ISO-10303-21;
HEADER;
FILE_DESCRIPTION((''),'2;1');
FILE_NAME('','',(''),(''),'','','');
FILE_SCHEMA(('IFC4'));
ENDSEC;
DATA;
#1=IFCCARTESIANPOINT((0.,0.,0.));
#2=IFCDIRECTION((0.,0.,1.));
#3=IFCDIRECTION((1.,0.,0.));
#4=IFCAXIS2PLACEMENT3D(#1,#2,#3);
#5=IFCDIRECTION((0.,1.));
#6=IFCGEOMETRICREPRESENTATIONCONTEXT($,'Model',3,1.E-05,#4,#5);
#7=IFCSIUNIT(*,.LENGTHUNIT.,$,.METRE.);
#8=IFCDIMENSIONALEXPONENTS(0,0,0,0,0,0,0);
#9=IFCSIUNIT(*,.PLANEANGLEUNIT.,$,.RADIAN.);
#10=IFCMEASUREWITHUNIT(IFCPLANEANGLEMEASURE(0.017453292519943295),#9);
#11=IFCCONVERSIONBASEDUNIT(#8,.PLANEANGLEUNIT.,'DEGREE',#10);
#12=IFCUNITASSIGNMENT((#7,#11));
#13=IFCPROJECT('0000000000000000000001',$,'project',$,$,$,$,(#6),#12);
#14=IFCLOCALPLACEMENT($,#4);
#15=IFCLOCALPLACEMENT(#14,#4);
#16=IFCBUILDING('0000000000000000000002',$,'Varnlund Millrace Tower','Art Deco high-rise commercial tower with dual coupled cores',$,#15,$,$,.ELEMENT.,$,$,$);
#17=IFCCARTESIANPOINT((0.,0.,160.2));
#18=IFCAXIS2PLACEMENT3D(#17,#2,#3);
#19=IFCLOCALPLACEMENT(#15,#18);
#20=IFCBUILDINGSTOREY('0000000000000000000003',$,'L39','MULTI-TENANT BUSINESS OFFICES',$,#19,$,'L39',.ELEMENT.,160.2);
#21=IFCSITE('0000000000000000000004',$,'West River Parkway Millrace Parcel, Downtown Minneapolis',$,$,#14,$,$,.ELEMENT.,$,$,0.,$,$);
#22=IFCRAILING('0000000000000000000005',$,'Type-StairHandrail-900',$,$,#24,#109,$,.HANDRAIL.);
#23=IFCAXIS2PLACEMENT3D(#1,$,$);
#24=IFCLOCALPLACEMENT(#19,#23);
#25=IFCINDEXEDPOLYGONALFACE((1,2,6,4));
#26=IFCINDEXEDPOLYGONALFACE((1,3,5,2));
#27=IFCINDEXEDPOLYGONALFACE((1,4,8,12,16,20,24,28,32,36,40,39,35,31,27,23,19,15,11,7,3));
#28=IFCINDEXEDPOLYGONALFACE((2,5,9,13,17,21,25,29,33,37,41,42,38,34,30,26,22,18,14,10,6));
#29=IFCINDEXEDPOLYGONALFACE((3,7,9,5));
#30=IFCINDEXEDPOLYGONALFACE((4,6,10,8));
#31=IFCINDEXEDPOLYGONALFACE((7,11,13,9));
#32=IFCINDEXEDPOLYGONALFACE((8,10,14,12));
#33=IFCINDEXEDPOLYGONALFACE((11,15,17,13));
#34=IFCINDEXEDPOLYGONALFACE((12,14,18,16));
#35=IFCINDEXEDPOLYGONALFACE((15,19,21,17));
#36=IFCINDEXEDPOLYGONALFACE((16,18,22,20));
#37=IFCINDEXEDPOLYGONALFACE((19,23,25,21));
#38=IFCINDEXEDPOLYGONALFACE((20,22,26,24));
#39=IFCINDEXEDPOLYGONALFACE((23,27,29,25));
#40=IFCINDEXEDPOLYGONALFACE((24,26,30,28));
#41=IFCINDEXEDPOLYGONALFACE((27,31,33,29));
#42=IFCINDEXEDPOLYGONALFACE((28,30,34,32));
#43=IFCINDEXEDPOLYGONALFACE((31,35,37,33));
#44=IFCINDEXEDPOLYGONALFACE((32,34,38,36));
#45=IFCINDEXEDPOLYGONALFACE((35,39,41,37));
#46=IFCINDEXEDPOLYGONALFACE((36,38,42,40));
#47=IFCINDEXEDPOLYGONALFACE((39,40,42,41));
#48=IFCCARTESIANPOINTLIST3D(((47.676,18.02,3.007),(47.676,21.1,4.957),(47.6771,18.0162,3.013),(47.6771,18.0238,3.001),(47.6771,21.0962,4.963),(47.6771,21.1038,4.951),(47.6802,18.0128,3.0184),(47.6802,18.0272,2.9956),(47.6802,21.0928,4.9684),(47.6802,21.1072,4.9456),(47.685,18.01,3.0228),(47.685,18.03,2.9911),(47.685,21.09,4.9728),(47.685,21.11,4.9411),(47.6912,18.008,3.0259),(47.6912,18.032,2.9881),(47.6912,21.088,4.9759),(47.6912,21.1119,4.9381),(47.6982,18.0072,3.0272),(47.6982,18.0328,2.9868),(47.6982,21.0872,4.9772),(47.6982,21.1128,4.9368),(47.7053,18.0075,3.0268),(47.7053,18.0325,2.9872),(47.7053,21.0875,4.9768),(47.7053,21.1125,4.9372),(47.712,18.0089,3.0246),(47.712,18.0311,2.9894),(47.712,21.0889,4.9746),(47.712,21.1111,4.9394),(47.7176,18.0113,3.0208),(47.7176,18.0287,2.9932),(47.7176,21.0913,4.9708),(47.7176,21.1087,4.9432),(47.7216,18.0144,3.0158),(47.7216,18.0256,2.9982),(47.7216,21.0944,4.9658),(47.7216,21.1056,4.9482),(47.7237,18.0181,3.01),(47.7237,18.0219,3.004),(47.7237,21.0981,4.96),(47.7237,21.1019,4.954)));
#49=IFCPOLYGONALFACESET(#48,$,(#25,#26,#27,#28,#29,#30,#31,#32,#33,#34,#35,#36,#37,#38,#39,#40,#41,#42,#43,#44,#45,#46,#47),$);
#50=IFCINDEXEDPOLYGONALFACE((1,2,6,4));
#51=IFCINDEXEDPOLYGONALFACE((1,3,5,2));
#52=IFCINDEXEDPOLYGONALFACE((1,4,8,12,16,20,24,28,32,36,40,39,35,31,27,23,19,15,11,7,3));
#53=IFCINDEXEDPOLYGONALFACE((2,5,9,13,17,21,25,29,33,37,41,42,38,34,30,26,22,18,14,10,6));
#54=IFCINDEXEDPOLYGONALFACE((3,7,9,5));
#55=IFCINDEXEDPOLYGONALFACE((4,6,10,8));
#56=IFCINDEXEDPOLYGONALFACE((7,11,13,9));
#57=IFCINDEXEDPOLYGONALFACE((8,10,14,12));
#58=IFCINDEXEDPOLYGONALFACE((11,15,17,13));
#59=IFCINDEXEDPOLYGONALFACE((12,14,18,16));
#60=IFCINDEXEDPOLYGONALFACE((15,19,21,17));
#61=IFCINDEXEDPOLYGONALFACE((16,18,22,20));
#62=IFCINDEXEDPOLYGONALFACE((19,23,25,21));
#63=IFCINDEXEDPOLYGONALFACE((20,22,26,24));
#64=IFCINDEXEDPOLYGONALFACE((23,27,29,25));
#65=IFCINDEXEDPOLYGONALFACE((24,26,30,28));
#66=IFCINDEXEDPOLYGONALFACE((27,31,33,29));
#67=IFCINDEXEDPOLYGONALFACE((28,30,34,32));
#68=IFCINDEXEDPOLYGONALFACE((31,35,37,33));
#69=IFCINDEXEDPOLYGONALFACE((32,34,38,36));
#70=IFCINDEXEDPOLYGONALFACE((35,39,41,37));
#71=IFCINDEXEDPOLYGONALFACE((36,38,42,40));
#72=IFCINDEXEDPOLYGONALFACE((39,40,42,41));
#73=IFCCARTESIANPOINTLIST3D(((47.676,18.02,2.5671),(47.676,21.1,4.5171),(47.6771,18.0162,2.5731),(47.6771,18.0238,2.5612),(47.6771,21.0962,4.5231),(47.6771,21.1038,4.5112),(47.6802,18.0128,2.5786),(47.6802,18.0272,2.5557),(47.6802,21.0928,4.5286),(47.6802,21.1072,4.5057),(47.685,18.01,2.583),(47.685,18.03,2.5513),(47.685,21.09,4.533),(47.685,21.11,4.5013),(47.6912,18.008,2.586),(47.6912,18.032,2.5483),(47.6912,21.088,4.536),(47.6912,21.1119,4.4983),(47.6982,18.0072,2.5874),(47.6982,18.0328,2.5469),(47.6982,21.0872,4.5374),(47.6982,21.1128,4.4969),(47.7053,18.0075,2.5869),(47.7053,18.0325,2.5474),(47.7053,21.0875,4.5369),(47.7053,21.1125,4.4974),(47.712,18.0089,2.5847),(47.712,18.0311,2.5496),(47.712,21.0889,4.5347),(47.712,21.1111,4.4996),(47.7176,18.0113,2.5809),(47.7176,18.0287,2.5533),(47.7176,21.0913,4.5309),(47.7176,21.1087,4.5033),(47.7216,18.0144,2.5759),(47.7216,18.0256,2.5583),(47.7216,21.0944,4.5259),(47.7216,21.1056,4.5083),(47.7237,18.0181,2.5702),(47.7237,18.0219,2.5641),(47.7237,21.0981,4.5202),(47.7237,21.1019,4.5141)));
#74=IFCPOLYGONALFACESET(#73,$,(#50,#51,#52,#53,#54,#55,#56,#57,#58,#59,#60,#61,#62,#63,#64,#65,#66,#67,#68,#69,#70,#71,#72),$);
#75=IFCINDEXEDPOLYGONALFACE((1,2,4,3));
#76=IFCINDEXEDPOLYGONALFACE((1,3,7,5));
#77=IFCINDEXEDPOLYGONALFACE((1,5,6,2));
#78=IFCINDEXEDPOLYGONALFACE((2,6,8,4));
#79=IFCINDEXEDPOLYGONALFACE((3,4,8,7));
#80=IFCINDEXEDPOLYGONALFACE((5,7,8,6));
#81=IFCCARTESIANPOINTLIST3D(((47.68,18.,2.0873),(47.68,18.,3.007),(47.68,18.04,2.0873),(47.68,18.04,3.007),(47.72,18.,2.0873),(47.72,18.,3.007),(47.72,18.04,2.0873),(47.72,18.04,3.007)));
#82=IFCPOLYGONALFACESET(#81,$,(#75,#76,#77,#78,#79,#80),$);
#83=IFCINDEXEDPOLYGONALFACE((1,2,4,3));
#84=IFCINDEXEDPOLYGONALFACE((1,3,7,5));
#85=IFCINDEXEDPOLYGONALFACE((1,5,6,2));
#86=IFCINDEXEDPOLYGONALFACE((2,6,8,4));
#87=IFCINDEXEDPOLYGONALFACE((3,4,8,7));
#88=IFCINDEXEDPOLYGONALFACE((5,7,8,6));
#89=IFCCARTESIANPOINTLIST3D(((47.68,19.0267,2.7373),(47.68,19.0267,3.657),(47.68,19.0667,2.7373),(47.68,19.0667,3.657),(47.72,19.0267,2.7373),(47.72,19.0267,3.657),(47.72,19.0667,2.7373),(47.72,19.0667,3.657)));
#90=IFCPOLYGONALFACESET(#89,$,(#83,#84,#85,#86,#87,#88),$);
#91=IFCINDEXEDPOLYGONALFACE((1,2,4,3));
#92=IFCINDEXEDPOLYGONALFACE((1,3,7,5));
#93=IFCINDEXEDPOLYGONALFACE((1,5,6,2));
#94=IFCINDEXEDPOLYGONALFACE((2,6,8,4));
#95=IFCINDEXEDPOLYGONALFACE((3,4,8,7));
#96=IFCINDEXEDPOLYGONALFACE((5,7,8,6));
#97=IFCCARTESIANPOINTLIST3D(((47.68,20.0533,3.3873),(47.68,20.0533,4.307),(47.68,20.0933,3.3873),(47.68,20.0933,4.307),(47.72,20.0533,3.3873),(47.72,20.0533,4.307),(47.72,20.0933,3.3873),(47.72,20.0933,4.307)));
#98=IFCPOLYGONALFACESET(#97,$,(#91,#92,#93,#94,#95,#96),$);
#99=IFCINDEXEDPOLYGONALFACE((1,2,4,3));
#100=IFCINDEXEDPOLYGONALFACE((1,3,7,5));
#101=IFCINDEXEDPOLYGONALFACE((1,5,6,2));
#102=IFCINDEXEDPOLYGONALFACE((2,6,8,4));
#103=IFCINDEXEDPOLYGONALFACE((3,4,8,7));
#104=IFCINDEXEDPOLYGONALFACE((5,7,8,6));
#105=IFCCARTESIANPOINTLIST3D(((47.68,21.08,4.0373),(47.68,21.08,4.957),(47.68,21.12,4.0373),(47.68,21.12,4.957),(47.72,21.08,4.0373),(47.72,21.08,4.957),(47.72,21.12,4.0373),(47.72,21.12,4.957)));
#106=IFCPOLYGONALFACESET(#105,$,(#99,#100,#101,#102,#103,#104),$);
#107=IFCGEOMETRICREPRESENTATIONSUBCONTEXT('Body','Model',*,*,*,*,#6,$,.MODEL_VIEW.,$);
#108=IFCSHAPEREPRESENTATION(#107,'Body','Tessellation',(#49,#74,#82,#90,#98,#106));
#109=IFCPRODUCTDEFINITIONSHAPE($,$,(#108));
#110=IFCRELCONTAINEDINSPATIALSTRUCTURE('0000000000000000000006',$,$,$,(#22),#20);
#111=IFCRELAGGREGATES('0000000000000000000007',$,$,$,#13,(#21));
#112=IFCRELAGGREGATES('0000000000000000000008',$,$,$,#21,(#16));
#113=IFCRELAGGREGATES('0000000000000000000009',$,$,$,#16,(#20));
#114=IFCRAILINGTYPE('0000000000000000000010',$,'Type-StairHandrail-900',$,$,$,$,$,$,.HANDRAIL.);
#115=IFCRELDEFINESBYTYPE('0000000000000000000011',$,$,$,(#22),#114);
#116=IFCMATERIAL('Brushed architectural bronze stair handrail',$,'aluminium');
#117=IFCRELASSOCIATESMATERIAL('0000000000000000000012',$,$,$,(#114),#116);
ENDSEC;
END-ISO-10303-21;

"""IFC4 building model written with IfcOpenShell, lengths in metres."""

from ifc_helpers import new_model, entity, si_unit, converted_unit, direction, frame, origin_with_axes, origin_2d_with_axis, place, context, subcontext, project, spatial, rectangle, circle, extrude, material, type_object, element, save


model = new_model("IFC4")

# Units and contexts
model_context = context("Model", 3, precision=1e-05, world=origin_with_axes(), true_north=direction((0.0, 1.0)))
body_context = subcontext(model_context, "Body", "Model", "MODEL_VIEW")
ifc_project = project(units=[si_unit("LENGTHUNIT", "METRE"), converted_unit("PLANEANGLEUNIT", "DEGREE", entity("IfcPlaneAngleMeasure", 0.017453292519943295), si_unit("PLANEANGLEUNIT", "RADIAN"), dimensions=[0, 0, 0, 0, 0, 0, 0])], contexts=[model_context])

# Site, building, storey
site_placement = place(None, origin_with_axes())
site = spatial("IfcSite", under=ifc_project, at=site_placement, Name="West River Parkway Millrace Parcel, Downtown Minneapolis", CompositionType="ELEMENT", RefElevation=0.0)
building_placement = place(site_placement, origin_with_axes())
building = spatial("IfcBuilding", under=site, at=building_placement, Name="Varnlund Millrace Tower", Description="Art Deco high-rise commercial tower with dual coupled cores", CompositionType="ELEMENT")
storey_placement = place(building_placement, frame((0.0, 0.0, 160.2), z_axis=(0.0, 0.0, 1.0), x_axis=(1.0, 0.0, 0.0)))
storey = spatial("IfcBuildingStorey", under=building, at=storey_placement, Name="L39", Description="MULTI-TENANT BUSINESS OFFICES", LongName="L39", CompositionType="ELEMENT", Elevation=160.2)

# Railing
ifc_material_1 = material(Name="Brushed architectural bronze stair handrail", Category="aluminium")
railing_type_1 = type_object("IfcRailingType", Name="Type-StairHandrail-900", PredefinedType="HANDRAIL", material=ifc_material_1)
railing_1_placement = place(storey_placement, frame((0.0, 0.0, -160.2), z_axis=(0.0, 0.0, 1.0), x_axis=(1.0, 0.0, 0.0)))
element("IfcRailing", 1, at=railing_1_placement, inside=storey, type_object=railing_type_1, Name="Type-StairHandrail-900", PredefinedType="HANDRAIL", context=body_context, shape_type="SweptSolid", body=[
    extrude(circle(Radius=0.024, at=origin_2d_with_axis()), frame((47.7, 18.02, 163.207), z_axis=(0.0, 0.844902, 0.534922), x_axis=(-1.0, 0.0, 0.0)), (0.0, 0.0, 1.0), 3.6454),
    extrude(circle(Radius=0.024, at=origin_2d_with_axis()), frame((47.7, 18.02, 162.7671), z_axis=(0.0, 0.844902, 0.534922), x_axis=(-1.0, 0.0, 0.0)), (0.0, 0.0, 1.0), 3.6454),
    extrude(rectangle(XDim=0.04, YDim=0.04, at=origin_2d_with_axis()), frame((47.7, 18.02, 162.2873), z_axis=(0.0, 0.0, 1.0), x_axis=(1.0, 0.0, 0.0)), (0.0, 0.0, 1.0), 0.9197),
    extrude(rectangle(XDim=0.04, YDim=0.04, at=origin_2d_with_axis()), frame((47.7, 19.0467, 162.9373), z_axis=(0.0, 0.0, 1.0), x_axis=(1.0, 0.0, 0.0)), (0.0, 0.0, 1.0), 0.9197),
    extrude(rectangle(XDim=0.04, YDim=0.04, at=origin_2d_with_axis()), frame((47.7, 20.0733, 163.5873), z_axis=(0.0, 0.0, 1.0), x_axis=(1.0, 0.0, 0.0)), (0.0, 0.0, 1.0), 0.9197),
    extrude(rectangle(XDim=0.04, YDim=0.04, at=origin_2d_with_axis()), frame((47.7, 21.1, 164.2373), z_axis=(0.0, 0.0, 1.0), x_axis=(1.0, 0.0, 0.0)), (0.0, 0.0, 1.0), 0.9197),
])

save(model, "model.ifc")
